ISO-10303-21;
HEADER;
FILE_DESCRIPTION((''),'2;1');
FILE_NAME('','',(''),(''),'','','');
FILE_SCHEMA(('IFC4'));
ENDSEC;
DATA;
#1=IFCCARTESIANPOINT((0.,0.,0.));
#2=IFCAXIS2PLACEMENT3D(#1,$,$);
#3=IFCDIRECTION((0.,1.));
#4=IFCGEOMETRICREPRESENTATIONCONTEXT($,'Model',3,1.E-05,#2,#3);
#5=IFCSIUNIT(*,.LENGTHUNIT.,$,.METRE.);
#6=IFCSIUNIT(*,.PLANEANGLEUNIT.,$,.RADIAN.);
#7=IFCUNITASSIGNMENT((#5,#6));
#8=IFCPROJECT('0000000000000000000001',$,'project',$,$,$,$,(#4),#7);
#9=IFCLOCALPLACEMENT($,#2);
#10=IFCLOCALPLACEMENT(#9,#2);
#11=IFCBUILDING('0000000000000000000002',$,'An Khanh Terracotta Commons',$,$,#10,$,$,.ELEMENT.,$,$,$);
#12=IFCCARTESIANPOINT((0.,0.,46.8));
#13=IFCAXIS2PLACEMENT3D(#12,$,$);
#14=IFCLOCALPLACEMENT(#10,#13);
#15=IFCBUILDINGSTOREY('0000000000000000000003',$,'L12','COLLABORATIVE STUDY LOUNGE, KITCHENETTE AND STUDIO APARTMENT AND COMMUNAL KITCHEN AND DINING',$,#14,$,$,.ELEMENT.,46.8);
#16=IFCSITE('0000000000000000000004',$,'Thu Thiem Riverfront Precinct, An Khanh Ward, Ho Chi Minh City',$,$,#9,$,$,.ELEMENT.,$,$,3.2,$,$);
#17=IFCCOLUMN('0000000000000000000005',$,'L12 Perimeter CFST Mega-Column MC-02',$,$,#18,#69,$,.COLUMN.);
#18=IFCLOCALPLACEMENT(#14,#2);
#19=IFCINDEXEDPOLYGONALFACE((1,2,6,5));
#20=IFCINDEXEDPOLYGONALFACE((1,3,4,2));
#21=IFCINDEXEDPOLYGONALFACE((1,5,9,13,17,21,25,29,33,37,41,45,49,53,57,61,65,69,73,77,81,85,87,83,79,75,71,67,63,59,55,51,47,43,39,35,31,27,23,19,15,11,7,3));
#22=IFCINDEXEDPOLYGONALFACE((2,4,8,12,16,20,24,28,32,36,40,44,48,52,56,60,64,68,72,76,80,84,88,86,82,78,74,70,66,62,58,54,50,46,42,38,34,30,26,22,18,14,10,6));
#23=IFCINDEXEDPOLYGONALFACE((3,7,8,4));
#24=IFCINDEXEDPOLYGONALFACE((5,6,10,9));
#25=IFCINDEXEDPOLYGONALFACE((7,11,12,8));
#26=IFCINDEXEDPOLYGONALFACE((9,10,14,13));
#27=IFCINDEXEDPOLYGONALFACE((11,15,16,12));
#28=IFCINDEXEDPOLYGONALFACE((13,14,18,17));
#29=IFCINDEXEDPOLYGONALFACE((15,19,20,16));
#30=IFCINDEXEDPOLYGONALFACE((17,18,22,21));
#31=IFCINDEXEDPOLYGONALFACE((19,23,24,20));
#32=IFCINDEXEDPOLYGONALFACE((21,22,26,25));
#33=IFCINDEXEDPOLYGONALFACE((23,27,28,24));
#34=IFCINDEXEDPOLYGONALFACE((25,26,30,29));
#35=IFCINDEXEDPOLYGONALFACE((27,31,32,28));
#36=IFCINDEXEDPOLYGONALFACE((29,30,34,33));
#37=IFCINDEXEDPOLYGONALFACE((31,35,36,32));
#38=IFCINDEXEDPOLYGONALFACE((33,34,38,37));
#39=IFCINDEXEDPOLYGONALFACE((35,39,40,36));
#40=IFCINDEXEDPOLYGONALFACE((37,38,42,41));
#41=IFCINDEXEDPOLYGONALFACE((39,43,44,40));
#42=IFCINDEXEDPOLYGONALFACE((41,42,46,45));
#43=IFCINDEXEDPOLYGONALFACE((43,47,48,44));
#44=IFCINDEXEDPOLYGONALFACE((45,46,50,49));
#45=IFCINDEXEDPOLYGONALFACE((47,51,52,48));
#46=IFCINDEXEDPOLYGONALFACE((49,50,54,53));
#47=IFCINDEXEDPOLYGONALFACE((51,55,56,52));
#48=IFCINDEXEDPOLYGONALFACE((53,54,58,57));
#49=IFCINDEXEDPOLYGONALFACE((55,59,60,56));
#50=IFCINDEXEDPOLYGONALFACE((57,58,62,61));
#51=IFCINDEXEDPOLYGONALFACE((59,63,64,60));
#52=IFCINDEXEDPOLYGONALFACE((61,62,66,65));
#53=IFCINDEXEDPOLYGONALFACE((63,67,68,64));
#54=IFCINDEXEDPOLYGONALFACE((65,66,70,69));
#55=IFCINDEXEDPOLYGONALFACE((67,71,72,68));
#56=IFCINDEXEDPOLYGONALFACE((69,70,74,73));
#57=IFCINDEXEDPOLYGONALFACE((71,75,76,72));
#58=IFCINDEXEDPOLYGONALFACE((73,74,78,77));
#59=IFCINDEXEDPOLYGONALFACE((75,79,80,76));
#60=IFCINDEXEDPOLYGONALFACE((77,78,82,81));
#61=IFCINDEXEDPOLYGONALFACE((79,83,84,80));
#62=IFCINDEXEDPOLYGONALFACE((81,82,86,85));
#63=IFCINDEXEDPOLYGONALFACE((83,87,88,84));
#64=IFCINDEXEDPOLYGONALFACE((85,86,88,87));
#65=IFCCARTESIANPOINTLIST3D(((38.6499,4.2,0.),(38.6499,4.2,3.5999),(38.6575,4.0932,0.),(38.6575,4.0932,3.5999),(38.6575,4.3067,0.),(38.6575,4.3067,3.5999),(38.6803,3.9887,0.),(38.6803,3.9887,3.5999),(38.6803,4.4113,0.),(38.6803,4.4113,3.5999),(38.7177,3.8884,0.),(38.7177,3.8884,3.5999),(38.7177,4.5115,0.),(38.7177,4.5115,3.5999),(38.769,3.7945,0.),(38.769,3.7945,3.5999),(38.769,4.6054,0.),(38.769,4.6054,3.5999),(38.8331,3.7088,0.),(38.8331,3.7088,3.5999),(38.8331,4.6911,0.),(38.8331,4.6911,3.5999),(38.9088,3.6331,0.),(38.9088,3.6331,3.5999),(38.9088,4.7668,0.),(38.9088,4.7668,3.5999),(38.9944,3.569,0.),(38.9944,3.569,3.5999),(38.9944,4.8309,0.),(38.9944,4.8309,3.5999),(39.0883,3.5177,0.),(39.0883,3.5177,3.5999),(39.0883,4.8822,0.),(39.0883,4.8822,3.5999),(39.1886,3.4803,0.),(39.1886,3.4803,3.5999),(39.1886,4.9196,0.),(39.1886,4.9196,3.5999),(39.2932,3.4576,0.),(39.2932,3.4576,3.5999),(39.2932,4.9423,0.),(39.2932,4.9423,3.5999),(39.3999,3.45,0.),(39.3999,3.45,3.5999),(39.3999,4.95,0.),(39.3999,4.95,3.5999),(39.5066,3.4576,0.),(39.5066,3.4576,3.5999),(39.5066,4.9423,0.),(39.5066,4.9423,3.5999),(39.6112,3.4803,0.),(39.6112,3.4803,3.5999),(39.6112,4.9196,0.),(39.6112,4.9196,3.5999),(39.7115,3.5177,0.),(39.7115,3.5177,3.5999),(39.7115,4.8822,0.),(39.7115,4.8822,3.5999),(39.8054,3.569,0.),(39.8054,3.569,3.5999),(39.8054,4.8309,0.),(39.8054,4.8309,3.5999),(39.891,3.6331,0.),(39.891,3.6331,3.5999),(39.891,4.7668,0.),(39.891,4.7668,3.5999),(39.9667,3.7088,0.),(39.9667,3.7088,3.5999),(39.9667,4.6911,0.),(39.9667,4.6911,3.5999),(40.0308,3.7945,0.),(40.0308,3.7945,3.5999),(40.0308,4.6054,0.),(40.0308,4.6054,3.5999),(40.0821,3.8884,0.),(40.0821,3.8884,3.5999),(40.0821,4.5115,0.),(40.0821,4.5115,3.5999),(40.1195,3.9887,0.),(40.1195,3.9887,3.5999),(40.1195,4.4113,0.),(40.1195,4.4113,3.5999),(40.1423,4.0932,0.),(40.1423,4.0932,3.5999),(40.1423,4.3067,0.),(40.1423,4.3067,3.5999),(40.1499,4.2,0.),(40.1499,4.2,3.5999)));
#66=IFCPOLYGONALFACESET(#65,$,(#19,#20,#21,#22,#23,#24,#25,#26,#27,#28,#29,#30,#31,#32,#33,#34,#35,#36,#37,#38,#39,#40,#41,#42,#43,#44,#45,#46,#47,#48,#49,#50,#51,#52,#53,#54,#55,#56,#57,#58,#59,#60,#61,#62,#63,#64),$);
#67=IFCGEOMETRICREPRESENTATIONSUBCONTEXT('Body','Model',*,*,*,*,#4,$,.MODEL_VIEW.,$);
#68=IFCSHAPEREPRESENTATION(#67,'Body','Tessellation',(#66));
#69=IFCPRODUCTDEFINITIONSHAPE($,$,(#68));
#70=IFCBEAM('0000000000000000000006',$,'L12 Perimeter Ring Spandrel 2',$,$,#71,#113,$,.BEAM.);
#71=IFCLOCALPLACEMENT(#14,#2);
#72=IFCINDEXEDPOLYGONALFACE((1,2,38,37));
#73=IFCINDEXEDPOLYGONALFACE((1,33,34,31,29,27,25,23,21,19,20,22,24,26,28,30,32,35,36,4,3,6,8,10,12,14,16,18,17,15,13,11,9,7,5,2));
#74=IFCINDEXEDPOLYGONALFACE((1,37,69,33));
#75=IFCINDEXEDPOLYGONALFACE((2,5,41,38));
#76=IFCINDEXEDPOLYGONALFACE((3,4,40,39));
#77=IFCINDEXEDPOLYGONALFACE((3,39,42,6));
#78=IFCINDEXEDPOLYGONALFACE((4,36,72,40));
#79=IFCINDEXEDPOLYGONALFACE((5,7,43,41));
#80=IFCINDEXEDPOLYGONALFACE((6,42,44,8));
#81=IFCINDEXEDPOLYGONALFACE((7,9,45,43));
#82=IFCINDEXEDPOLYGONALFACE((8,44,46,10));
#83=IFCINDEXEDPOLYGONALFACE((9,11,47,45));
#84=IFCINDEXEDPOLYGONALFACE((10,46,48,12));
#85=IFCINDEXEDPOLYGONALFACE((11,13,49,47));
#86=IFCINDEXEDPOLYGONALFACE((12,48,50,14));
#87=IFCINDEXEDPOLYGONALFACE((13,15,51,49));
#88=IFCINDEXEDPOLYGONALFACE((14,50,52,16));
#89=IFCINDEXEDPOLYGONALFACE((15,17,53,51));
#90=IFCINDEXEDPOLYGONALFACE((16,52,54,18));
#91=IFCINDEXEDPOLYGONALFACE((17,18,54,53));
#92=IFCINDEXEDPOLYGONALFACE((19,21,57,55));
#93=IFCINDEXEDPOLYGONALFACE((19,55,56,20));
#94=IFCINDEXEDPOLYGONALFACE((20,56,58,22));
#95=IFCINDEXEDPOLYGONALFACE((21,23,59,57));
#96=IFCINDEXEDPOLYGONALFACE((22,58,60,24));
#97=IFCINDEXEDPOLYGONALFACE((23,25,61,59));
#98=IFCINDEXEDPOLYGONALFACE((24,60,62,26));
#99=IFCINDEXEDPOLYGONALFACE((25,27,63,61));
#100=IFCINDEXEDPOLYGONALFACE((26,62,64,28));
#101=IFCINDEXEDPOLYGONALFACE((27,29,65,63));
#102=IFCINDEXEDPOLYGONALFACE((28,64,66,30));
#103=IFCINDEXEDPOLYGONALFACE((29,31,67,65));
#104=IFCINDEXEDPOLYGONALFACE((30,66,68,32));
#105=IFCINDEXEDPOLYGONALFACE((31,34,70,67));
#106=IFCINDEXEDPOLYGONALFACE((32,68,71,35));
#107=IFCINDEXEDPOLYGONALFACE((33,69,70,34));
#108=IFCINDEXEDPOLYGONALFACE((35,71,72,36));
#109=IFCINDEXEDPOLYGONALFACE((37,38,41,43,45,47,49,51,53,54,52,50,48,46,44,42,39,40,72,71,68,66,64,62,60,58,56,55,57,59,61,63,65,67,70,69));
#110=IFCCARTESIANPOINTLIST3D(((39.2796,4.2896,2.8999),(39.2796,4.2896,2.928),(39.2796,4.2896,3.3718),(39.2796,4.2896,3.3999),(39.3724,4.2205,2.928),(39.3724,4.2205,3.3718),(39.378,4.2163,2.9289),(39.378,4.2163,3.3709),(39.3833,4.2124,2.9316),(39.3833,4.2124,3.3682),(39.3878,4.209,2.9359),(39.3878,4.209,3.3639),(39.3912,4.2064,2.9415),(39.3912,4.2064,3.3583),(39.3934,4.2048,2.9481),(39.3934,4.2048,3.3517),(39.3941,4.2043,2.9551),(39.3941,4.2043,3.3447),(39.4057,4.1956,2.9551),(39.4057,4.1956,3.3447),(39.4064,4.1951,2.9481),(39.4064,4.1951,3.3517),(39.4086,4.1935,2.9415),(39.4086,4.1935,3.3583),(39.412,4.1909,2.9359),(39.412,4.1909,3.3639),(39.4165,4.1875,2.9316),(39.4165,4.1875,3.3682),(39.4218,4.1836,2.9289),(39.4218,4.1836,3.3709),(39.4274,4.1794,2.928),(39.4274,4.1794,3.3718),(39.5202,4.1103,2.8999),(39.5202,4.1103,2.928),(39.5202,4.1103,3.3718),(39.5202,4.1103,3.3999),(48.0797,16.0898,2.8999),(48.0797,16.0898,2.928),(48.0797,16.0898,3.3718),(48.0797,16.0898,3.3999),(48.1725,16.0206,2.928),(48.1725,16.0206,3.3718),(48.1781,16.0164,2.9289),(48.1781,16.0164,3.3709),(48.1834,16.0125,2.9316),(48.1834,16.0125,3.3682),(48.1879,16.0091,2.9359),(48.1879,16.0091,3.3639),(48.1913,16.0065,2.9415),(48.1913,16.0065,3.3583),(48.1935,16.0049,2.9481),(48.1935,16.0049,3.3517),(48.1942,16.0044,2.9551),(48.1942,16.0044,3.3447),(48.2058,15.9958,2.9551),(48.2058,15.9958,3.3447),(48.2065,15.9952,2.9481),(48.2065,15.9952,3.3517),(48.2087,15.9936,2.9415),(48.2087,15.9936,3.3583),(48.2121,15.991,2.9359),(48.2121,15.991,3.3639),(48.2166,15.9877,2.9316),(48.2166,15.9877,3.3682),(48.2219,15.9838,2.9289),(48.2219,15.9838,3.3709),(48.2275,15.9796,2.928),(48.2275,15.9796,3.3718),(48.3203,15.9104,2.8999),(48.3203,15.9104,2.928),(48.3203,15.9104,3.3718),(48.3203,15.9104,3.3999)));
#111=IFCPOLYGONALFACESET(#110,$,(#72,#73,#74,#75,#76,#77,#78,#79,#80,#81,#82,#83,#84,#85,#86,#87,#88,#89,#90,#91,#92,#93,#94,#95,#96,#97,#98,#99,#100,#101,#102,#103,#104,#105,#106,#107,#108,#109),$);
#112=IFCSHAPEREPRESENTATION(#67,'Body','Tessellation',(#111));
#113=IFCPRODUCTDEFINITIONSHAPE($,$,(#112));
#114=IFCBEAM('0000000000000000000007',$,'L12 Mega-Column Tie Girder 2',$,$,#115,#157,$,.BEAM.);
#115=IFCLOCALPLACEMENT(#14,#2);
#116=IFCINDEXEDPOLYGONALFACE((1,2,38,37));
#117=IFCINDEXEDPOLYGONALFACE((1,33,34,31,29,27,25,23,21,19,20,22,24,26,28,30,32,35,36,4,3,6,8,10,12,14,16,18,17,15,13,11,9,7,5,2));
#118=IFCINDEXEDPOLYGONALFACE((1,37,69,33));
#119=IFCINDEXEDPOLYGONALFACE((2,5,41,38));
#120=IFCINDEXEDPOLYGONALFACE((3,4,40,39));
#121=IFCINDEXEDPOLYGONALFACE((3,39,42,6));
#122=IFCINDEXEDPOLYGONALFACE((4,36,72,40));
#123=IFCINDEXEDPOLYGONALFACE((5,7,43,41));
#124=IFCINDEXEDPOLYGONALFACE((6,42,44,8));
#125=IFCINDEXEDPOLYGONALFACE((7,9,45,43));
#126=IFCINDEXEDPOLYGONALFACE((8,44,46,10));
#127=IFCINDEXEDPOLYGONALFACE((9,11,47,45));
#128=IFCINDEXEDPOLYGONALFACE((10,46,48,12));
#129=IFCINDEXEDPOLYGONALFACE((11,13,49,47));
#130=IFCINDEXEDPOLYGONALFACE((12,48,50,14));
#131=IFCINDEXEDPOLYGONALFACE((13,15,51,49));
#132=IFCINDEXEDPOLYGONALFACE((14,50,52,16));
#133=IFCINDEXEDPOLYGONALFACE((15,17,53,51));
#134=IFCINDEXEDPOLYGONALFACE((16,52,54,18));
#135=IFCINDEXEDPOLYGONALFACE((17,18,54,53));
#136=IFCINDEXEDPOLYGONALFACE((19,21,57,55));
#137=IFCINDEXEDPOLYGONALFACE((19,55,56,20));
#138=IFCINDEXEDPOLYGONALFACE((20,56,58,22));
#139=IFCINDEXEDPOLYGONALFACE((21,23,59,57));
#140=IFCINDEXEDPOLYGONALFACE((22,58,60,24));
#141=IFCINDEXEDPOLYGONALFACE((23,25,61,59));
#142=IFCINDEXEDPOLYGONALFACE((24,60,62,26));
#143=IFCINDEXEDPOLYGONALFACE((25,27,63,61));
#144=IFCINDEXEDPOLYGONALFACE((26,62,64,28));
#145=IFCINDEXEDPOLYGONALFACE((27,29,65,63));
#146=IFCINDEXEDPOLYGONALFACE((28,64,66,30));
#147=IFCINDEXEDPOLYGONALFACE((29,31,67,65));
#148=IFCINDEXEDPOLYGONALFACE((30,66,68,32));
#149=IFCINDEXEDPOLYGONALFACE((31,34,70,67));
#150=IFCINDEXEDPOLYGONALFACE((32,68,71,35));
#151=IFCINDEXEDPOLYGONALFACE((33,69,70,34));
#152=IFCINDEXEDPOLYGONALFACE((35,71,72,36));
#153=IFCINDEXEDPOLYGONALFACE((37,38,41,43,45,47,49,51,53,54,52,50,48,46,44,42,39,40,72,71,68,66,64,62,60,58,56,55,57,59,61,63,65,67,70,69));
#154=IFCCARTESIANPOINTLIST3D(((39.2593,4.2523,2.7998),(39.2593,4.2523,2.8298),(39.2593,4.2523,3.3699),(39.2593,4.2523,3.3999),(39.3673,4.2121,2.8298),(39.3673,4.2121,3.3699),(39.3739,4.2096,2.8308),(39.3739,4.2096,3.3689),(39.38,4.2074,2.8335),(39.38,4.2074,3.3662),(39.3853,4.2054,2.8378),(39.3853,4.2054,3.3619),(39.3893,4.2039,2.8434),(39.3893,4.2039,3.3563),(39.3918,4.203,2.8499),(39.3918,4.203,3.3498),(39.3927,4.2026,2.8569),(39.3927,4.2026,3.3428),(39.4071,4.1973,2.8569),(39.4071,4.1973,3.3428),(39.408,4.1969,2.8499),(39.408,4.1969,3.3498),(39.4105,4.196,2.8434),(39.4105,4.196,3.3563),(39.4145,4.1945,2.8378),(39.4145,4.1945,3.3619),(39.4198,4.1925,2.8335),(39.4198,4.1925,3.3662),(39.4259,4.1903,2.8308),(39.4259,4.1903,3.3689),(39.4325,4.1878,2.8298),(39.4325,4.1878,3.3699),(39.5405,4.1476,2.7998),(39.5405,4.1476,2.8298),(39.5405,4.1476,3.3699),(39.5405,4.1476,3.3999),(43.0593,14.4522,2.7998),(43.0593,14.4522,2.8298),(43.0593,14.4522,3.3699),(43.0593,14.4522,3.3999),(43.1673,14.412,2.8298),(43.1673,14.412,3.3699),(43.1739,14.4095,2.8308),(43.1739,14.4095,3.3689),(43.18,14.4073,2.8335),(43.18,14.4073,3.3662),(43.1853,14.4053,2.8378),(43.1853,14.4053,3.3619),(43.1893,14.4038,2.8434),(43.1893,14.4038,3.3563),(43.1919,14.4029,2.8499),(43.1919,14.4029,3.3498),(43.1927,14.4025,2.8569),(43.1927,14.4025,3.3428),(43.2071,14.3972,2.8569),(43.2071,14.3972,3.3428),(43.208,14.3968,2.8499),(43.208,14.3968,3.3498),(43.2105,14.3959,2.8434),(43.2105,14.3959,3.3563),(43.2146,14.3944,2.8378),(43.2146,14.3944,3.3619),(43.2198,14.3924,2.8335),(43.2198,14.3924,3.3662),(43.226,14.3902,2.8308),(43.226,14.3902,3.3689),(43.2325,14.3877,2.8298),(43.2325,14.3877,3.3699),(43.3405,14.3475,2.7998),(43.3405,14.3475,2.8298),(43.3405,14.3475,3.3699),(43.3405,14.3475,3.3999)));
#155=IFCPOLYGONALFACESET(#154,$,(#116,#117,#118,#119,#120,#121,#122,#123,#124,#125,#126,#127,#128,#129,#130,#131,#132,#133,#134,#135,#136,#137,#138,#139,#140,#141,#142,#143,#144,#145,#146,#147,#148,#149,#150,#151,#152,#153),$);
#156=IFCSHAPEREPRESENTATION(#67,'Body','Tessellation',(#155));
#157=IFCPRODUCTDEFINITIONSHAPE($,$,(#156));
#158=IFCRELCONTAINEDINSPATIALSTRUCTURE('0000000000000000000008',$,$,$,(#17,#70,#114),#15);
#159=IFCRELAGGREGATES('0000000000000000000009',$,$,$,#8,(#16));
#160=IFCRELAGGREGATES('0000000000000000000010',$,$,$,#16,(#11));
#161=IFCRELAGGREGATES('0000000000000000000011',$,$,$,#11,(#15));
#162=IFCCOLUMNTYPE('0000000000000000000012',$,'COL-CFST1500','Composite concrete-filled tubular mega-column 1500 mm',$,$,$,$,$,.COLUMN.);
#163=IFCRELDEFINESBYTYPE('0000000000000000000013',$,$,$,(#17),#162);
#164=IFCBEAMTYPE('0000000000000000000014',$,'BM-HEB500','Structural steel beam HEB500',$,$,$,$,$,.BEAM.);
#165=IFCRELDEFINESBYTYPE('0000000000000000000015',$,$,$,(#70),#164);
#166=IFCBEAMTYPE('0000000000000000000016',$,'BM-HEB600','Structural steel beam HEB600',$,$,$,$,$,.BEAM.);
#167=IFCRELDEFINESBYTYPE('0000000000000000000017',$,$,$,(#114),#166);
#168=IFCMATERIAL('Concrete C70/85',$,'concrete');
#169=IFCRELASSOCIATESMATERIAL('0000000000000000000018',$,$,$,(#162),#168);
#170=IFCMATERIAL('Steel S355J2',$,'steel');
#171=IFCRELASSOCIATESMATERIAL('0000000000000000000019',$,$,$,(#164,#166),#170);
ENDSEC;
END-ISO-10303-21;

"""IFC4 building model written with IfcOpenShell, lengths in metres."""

from ifc_helpers import new_model, si_unit, direction, frame, origin, origin_2d, place, context, subcontext, project, spatial, circle, i_section, extrude, material, material_profile, profile_set, type_object, element, save


model = new_model("IFC4")

# Units and contexts
model_context = context("Model", 3, precision=1e-05, world=origin(), true_north=direction((0.0, 1.0)))
body_context = subcontext(model_context, "Body", "Model", "MODEL_VIEW")
ifc_project = project(units=[si_unit("LENGTHUNIT", "METRE"), si_unit("PLANEANGLEUNIT", "RADIAN")], contexts=[model_context])

# Site, building, storey
site_placement = place(None, origin())
site = spatial("IfcSite", under=ifc_project, at=site_placement, Name="Thu Thiem Riverfront Precinct, An Khanh Ward, Ho Chi Minh City", CompositionType="ELEMENT", RefElevation=3.2)
building_placement = place(site_placement, origin())
building = spatial("IfcBuilding", under=site, at=building_placement, Name="An Khanh Terracotta Commons", CompositionType="ELEMENT")
storey_placement = place(building_placement, frame((0.0, 0.0, 46.8)))
storey = spatial("IfcBuildingStorey", under=building, at=storey_placement, Name="L12", Description="COLLABORATIVE STUDY LOUNGE, KITCHENETTE AND STUDIO APARTMENT AND COMMUNAL KITCHEN AND DINING", CompositionType="ELEMENT", Elevation=46.8)

# Column
ifc_material_1 = material(Name="Concrete C70/85", Category="concrete")
ifc_material_profile_1 = material_profile(ifc_material_1, circle(Radius=0.75, at=origin_2d()), Name="CFST1500")
ifc_profile_set_1 = profile_set([ifc_material_profile_1], Name="Concrete C70/85")
column_type = type_object("IfcColumnType", Name="COL-CFST1500", Description="Composite concrete-filled tubular mega-column 1500 mm", PredefinedType="COLUMN", material=ifc_profile_set_1)
column_placement = place(storey_placement, frame((39.3999, 4.2, 0.0), z_axis=(0.0, 0.0, 1.0), x_axis=(1.0, 0.0, 0.0)))
element("IfcColumn", 1, at=column_placement, inside=storey, type_object=column_type, Name="L12 Perimeter CFST Mega-Column MC-02", PredefinedType="COLUMN", context=body_context, shape_type="SweptSolid", body=[
    extrude(circle(Radius=0.75, at=origin_2d()), origin(), (0.0, 0.0, 1.0), 3.5999),
])

# Beams
ifc_material_2 = material(Name="Steel S355J2", Category="steel")
ifc_material_profile_2 = material_profile(ifc_material_2, i_section(OverallWidth=0.3, OverallDepth=0.5, WebThickness=0.0144, FlangeThickness=0.0281, FilletRadius=0.0271, at=origin_2d()), Name="HEB500")
ifc_profile_set_2 = profile_set([ifc_material_profile_2], Name="Steel S355J2")
beam_type_1 = type_object("IfcBeamType", Name="BM-HEB500", Description="Structural steel beam HEB500", PredefinedType="BEAM", material=ifc_profile_set_2)
beam_1_placement = place(storey_placement, frame((39.3999, 4.2, 3.1499), z_axis=(0.597824, 0.801627, 0.0), x_axis=(-0.801627, 0.597824, 0.0)))
element("IfcBeam", 2, at=beam_1_placement, inside=storey, type_object=beam_type_1, Name="L12 Perimeter Ring Spandrel 2", PredefinedType="BEAM", context=body_context, shape_type="SweptSolid", body=[
    extrude(i_section(OverallWidth=0.3, OverallDepth=0.5, WebThickness=0.0144, FlangeThickness=0.0281, FilletRadius=0.0271, at=origin_2d()), origin(), (0.0, 0.0, 1.0), 14.7202),
])
ifc_material_profile_3 = material_profile(ifc_material_2, i_section(OverallWidth=0.3, OverallDepth=0.6001, WebThickness=0.0154, FlangeThickness=0.03, FilletRadius=0.0271, at=origin_2d()), Name="HEB600")
ifc_profile_set_3 = profile_set([ifc_material_profile_3], Name="Steel S355J2")
beam_type_2 = type_object("IfcBeamType", Name="BM-HEB600", Description="Structural steel beam HEB600", PredefinedType="BEAM", material=ifc_profile_set_3)
beam_2_placement = place(storey_placement, frame((39.3999, 4.2, 3.0999), z_axis=(0.349114, 0.93708, 0.0), x_axis=(-0.93708, 0.349114, 0.0)))
element("IfcBeam", 3, at=beam_2_placement, inside=storey, type_object=beam_type_2, Name="L12 Mega-Column Tie Girder 2", PredefinedType="BEAM", context=body_context, shape_type="SweptSolid", body=[
    extrude(i_section(OverallWidth=0.3, OverallDepth=0.6001, WebThickness=0.0154, FlangeThickness=0.03, FilletRadius=0.0271, at=origin_2d()), origin(), (0.0, 0.0, 1.0), 10.8848),
])

save(model, "model.ifc")
